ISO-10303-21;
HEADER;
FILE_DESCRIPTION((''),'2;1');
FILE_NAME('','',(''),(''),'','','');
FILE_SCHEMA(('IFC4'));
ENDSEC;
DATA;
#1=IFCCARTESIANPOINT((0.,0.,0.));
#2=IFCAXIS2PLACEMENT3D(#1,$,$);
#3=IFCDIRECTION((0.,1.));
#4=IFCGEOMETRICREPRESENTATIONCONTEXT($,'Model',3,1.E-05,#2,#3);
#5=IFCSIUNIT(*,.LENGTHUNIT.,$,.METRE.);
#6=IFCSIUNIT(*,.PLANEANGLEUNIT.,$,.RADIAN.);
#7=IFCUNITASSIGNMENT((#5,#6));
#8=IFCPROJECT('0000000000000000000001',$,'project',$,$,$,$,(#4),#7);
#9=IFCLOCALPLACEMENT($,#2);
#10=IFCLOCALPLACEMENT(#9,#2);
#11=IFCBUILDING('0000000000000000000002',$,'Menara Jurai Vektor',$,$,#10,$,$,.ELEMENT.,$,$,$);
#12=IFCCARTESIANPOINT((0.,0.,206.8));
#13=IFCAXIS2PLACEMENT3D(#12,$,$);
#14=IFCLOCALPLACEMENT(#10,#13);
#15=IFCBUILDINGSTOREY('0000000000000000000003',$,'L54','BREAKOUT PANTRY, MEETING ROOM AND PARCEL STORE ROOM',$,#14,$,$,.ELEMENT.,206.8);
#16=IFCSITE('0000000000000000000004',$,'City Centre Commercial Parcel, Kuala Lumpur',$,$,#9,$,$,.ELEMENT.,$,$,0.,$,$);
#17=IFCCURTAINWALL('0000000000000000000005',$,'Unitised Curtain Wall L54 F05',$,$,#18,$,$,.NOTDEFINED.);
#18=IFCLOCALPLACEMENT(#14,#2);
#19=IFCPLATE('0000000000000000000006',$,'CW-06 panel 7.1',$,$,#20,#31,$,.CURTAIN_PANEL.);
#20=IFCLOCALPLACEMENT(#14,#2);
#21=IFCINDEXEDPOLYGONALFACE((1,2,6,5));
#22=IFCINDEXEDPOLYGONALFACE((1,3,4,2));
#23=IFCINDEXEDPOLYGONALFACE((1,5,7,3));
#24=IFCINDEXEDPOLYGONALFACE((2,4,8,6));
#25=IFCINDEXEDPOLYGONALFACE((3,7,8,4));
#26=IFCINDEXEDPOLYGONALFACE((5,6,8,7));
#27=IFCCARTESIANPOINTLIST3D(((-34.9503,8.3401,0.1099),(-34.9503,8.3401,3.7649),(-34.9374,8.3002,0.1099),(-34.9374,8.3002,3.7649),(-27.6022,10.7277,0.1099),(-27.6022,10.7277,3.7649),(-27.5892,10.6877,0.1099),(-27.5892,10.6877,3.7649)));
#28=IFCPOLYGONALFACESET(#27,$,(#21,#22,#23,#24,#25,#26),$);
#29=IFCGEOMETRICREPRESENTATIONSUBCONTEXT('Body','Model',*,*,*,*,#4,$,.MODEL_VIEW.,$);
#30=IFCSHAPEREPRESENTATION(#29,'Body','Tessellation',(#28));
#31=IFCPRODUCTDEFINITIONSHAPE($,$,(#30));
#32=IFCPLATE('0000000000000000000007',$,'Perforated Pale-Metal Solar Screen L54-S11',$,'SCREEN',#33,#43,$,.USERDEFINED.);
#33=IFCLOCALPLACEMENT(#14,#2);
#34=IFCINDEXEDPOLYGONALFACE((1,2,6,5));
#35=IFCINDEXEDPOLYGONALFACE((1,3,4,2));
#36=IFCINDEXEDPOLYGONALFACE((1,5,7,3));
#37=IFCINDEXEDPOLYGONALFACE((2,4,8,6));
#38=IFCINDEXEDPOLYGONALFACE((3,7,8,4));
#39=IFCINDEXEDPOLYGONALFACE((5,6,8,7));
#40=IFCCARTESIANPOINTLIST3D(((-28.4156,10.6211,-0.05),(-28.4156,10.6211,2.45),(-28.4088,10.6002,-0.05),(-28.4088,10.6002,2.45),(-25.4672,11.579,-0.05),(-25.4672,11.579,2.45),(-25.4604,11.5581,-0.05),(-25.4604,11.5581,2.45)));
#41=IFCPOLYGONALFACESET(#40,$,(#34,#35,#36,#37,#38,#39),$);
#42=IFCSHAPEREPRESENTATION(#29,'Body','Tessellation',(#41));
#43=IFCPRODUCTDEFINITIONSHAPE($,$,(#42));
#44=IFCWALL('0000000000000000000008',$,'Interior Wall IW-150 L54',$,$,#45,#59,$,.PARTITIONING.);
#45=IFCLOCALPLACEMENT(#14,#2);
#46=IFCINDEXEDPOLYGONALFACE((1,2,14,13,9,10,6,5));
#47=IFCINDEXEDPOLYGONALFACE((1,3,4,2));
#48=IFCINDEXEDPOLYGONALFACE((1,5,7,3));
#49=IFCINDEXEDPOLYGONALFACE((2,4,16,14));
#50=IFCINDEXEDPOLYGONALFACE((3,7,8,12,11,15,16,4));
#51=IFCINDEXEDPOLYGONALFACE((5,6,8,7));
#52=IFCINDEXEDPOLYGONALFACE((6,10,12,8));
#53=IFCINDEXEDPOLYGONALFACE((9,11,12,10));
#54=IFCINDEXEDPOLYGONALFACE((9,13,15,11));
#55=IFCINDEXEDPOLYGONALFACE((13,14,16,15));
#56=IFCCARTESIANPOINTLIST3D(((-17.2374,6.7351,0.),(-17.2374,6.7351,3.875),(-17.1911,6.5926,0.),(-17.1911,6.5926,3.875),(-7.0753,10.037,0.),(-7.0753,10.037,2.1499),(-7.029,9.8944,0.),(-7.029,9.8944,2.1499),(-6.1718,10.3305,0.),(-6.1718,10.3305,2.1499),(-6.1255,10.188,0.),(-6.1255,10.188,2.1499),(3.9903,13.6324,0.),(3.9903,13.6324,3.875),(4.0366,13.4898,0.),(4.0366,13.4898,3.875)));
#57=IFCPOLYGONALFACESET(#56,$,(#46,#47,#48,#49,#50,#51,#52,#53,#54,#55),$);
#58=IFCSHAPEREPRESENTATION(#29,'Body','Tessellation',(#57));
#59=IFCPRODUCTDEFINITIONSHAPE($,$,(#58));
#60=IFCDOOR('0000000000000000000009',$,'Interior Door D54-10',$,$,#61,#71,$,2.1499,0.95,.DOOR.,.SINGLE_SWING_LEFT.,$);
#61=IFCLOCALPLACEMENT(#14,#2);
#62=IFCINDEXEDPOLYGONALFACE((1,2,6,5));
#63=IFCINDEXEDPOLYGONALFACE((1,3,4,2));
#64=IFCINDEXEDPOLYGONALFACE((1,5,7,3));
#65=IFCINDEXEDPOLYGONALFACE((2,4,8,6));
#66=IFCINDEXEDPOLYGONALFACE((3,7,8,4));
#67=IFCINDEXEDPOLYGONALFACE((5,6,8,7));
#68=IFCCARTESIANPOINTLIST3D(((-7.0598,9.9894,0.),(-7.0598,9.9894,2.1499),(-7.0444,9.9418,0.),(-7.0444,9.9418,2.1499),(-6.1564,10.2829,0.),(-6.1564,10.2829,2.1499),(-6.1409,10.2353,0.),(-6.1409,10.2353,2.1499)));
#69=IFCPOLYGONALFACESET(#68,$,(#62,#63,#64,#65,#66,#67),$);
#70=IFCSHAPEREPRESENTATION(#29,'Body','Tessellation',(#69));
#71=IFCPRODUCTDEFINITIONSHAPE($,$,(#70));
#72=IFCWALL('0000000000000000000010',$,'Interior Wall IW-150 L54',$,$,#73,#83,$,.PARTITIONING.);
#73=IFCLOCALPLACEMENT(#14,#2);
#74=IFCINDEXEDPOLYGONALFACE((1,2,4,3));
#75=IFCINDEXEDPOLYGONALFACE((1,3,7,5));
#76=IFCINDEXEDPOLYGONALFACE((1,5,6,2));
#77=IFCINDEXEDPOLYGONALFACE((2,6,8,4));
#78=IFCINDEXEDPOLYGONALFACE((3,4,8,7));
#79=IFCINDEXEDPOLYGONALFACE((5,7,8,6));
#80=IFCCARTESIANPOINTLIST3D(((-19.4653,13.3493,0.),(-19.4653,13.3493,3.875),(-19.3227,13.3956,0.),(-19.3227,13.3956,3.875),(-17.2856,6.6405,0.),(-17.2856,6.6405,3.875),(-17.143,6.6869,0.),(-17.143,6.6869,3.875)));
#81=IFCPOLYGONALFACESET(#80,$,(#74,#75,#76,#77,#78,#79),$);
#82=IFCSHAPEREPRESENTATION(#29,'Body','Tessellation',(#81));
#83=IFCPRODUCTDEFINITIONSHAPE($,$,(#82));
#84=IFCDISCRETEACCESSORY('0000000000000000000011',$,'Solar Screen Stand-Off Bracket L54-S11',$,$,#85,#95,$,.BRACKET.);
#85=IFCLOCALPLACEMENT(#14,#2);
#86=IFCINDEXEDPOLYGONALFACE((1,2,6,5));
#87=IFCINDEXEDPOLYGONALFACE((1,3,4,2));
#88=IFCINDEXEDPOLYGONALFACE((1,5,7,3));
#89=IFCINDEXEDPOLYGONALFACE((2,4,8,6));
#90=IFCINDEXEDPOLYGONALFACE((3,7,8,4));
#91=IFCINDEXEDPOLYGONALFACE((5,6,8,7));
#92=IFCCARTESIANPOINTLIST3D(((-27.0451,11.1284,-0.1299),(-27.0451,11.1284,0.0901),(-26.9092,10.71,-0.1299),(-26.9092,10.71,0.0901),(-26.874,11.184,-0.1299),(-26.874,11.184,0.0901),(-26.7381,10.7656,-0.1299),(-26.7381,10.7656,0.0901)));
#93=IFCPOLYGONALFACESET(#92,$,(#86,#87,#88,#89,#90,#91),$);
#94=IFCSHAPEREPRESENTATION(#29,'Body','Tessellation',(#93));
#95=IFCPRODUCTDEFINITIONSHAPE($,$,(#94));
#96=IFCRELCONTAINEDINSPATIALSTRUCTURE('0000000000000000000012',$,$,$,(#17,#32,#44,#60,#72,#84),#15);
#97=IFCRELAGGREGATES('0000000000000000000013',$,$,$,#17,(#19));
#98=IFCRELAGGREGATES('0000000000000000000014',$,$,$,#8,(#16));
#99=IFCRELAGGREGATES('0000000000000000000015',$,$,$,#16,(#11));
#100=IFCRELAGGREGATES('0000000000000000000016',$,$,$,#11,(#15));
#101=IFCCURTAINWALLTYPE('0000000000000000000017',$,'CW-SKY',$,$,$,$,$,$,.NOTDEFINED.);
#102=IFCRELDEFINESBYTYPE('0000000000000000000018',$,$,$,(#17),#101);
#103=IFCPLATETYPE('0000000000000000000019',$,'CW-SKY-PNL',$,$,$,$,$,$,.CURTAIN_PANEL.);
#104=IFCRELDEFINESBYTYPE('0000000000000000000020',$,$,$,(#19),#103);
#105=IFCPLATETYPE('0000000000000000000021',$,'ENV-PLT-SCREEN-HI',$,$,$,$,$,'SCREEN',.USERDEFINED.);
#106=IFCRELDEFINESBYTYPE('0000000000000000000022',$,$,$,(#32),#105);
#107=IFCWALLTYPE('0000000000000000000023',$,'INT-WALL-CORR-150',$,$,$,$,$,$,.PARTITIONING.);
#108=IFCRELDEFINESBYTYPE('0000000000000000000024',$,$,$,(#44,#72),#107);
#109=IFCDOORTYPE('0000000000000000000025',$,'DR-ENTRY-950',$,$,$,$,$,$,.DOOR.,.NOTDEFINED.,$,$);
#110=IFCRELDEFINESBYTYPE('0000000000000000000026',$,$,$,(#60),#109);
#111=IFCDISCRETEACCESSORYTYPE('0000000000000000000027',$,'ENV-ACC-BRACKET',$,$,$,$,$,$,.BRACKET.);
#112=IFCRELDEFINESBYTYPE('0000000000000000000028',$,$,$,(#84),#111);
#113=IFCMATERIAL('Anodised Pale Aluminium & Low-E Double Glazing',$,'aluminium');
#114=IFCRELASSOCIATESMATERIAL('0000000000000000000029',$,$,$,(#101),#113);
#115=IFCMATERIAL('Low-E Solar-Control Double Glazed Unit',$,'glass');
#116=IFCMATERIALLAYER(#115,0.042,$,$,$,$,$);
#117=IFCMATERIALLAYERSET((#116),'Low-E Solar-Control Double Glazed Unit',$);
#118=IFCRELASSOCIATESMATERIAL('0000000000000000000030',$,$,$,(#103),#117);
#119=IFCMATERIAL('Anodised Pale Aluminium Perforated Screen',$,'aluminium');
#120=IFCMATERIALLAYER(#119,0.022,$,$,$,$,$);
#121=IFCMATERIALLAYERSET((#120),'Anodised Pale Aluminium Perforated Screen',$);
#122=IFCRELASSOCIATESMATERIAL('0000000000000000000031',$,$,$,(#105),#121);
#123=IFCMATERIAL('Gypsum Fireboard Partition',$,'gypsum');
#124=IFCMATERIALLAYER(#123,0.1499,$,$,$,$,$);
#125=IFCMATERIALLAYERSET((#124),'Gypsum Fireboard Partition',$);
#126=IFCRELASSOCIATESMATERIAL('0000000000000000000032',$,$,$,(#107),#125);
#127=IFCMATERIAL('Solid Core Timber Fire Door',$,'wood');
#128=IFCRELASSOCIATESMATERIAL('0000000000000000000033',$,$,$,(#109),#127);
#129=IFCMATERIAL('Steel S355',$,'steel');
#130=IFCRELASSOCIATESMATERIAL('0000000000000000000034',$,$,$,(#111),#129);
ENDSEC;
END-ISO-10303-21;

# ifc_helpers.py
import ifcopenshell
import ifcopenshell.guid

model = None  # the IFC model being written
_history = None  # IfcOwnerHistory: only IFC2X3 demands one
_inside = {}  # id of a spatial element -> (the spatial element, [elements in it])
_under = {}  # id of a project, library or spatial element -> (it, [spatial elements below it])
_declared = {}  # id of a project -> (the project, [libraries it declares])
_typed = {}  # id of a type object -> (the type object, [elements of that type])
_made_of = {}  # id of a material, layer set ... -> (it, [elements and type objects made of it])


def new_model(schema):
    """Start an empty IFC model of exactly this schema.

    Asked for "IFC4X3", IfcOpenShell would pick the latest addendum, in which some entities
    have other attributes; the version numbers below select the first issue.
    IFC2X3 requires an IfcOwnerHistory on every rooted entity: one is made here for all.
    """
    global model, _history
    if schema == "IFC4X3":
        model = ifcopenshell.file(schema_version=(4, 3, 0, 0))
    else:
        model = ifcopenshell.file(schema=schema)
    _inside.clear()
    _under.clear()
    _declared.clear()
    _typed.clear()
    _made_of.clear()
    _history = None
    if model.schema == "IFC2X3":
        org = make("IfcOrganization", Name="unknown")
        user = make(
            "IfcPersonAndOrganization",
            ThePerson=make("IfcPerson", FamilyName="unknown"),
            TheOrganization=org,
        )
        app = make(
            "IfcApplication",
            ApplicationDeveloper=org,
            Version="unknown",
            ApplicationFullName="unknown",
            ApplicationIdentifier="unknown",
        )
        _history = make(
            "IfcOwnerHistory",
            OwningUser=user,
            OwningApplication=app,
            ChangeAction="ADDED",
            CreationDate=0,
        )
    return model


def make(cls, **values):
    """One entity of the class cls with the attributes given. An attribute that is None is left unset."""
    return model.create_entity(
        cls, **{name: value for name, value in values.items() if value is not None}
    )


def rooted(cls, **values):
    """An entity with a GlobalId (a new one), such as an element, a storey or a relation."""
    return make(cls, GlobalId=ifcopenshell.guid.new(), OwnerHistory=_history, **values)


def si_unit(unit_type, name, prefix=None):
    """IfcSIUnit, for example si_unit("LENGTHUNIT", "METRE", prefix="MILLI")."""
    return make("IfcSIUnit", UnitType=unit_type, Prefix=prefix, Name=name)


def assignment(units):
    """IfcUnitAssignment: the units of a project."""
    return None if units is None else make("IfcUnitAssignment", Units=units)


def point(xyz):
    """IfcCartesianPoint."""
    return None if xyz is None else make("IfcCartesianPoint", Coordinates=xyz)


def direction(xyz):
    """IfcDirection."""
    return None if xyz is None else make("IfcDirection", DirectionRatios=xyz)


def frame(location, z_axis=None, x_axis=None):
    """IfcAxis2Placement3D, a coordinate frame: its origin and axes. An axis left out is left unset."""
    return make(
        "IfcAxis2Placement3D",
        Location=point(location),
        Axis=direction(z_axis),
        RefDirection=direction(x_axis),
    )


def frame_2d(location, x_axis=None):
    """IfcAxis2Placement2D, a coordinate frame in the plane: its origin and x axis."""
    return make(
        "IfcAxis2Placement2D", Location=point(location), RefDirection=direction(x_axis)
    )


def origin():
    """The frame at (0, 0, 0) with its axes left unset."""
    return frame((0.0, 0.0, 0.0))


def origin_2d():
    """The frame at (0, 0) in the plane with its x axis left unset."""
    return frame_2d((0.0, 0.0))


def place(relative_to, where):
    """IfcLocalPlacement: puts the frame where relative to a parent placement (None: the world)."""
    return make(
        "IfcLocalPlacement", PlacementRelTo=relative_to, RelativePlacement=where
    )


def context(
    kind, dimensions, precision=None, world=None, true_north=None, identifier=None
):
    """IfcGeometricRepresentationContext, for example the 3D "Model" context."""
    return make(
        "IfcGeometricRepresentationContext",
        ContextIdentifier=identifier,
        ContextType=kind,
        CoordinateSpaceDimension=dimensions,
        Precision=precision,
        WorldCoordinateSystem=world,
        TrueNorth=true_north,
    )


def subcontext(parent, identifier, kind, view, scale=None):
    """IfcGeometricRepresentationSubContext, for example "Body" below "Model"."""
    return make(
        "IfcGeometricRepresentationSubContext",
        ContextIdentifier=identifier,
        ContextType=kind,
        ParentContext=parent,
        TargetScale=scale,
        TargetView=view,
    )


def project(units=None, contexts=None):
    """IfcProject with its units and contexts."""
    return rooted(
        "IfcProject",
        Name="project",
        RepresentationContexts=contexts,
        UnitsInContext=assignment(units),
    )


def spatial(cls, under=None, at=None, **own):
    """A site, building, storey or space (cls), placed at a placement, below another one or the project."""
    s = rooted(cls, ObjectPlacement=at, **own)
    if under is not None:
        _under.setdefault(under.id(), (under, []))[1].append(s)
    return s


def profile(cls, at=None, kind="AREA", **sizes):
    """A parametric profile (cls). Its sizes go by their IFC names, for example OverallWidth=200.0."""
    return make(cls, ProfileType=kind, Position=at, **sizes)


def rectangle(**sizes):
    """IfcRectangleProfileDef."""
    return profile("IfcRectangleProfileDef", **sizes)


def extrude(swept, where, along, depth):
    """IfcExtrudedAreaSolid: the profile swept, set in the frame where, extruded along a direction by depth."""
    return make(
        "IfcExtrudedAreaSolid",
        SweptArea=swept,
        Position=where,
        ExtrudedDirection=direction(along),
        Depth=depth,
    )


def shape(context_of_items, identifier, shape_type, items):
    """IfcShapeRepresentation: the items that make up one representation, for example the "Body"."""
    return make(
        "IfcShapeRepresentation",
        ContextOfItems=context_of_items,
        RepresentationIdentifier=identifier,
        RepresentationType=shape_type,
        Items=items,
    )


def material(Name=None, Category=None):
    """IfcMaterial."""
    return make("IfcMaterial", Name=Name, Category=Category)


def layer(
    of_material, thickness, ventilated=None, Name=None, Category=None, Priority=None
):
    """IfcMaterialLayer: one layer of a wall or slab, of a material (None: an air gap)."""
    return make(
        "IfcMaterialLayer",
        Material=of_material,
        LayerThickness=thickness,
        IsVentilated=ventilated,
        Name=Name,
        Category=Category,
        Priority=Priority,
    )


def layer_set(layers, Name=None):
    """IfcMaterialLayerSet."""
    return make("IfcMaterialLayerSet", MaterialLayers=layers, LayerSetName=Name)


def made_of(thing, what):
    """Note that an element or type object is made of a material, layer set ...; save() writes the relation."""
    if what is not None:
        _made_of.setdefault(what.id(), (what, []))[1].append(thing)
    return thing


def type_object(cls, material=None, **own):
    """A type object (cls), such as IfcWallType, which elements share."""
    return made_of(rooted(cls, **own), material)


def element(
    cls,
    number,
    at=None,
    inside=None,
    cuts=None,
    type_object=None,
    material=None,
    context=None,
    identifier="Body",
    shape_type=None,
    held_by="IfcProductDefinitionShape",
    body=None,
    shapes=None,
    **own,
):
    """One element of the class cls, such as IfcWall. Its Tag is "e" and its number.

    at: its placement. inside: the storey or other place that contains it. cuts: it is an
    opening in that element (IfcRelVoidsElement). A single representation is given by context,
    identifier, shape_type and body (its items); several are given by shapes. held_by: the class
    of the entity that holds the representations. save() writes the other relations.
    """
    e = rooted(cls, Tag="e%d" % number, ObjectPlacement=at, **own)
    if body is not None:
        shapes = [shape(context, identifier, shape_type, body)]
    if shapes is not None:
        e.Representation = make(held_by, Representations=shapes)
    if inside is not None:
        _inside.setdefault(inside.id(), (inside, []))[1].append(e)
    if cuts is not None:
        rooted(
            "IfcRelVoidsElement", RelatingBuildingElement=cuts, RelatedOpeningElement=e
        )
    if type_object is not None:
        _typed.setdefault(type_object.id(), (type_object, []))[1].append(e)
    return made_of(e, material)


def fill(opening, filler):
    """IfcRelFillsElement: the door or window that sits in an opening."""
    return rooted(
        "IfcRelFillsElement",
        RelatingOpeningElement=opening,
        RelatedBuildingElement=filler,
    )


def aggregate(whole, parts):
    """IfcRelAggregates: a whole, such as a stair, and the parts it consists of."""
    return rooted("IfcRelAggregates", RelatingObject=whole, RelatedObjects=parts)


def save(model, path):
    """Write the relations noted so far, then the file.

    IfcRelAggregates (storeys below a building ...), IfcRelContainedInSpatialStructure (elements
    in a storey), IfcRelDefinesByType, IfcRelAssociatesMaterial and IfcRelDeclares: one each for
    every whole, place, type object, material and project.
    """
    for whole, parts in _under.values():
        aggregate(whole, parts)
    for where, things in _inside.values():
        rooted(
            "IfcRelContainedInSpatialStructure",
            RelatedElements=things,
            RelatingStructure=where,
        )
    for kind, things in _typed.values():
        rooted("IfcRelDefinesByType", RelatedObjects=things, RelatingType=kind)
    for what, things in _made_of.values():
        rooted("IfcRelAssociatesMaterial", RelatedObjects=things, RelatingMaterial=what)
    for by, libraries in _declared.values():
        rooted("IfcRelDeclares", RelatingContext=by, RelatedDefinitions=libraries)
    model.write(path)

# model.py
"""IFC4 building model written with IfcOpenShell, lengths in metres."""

from ifc_helpers import new_model, si_unit, direction, frame, frame_2d, origin, origin_2d, place, context, subcontext, project, spatial, rectangle, extrude, material, layer, layer_set, type_object, element, fill, aggregate, save


model = new_model("IFC4")

# Units and contexts
model_context = context("Model", 3, precision=1e-05, world=origin(), true_north=direction((0.0, 1.0)))
body_context = subcontext(model_context, "Body", "Model", "MODEL_VIEW")
ifc_project = project(units=[si_unit("LENGTHUNIT", "METRE"), si_unit("PLANEANGLEUNIT", "RADIAN")], contexts=[model_context])

# Site, building, storey
site_placement = place(None, origin())
site = spatial("IfcSite", under=ifc_project, at=site_placement, Name="City Centre Commercial Parcel, Kuala Lumpur", CompositionType="ELEMENT", RefElevation=0.0)
building_placement = place(site_placement, origin())
building = spatial("IfcBuilding", under=site, at=building_placement, Name="Menara Jurai Vektor", CompositionType="ELEMENT")
storey_placement = place(building_placement, frame((0.0, 0.0, 206.8)))
storey = spatial("IfcBuildingStorey", under=building, at=storey_placement, Name="L54", Description="BREAKOUT PANTRY, MEETING ROOM AND PARCEL STORE ROOM", CompositionType="ELEMENT", Elevation=206.8)

# Curtain wall
ifc_material_1 = material(Name="Anodised Pale Aluminium & Low-E Double Glazing", Category="aluminium")
curtain_wall_type = type_object("IfcCurtainWallType", Name="CW-SKY", PredefinedType="NOTDEFINED", material=ifc_material_1)
curtain_wall_placement = place(storey_placement, origin())
curtain_wall = element("IfcCurtainWall", 1, at=curtain_wall_placement, inside=storey, type_object=curtain_wall_type, Name="Unitised Curtain Wall L54 F05", PredefinedType="NOTDEFINED")

# Shared definitions
ifc_material_2 = material(Name="Steel S355", Category="steel")

# Plates
ifc_material_3 = material(Name="Low-E Solar-Control Double Glazed Unit", Category="glass")
ifc_layer_1 = layer(ifc_material_3, 0.042)
ifc_layer_set_1 = layer_set([ifc_layer_1], Name="Low-E Solar-Control Double Glazed Unit")
plate_type_1 = type_object("IfcPlateType", Name="CW-SKY-PNL", PredefinedType="CURTAIN_PANEL", material=ifc_layer_set_1)
plate_1_placement = place(storey_placement, frame((-31.2698, 9.5139, 0.1099), z_axis=(0.0, 0.0, 1.0), x_axis=(-0.951056, -0.309017, 0.0)))
plate_1 = element("IfcPlate", 2, at=plate_1_placement, type_object=plate_type_1, Name="CW-06 panel 7.1", PredefinedType="CURTAIN_PANEL", context=body_context, shape_type="SweptSolid", body=[
    extrude(rectangle(XDim=7.7263, YDim=0.042, at=origin_2d()), origin(), (0.0, 0.0, 1.0), 3.655),
])
aggregate(curtain_wall, [plate_1])
ifc_material_4 = material(Name="Anodised Pale Aluminium Perforated Screen", Category="aluminium")
ifc_layer_2 = layer(ifc_material_4, 0.022)
ifc_layer_set_2 = layer_set([ifc_layer_2], Name="Anodised Pale Aluminium Perforated Screen")
plate_type_2 = type_object("IfcPlateType", Name="ENV-PLT-SCREEN-HI", ElementType="SCREEN", PredefinedType="USERDEFINED", material=ifc_layer_set_2)
plate_2_placement = place(storey_placement, frame((-26.938, 11.0896, -0.05), z_axis=(0.0, 0.0, 1.0), x_axis=(-0.951057, -0.309017, 0.0)))
element("IfcPlate", 3, at=plate_2_placement, inside=storey, type_object=plate_type_2, Name="Perforated Pale-Metal Solar Screen L54-S11", ObjectType="SCREEN", PredefinedType="USERDEFINED", context=body_context, shape_type="SweptSolid", body=[
    extrude(rectangle(XDim=3.1001, YDim=0.022, at=origin_2d()), origin(), (0.0, 0.0, 1.0), 2.5),
])

# Wall, opening, door
ifc_material_5 = material(Name="Gypsum Fireboard Partition", Category="gypsum")
ifc_layer_3 = layer(ifc_material_5, 0.1499)
ifc_layer_set_3 = layer_set([ifc_layer_3], Name="Gypsum Fireboard Partition")
wall_type = type_object("IfcWallType", Name="INT-WALL-CORR-150", PredefinedType="PARTITIONING", material=ifc_layer_set_3)
ifc_material_6 = material(Name="Solid Core Timber Fire Door", Category="wood")
door_type = type_object("IfcDoorType", Name="DR-ENTRY-950", OperationType="NOTDEFINED", PredefinedType="DOOR", material=ifc_material_6)
wall_1_placement = place(storey_placement, frame((-17.2144, 6.6638, 0.0), z_axis=(0.0, 0.0, 1.0), x_axis=(0.951057, 0.309016, 0.0)))
wall_1 = element("IfcWall", 4, at=wall_1_placement, inside=storey, type_object=wall_type, Name="Interior Wall IW-150 L54", PredefinedType="PARTITIONING", context=body_context, shape_type="SweptSolid", body=[
    extrude(rectangle(XDim=22.3201, YDim=0.1499, at=frame_2d((11.1602, 0.0))), origin(), (0.0, 0.0, 1.0), 3.875),
])
opening_1_placement = place(wall_1_placement, frame((10.6851, 0.0, 0.0)))
opening_1 = element("IfcOpeningElement", 5, at=opening_1_placement, cuts=wall_1, PredefinedType="OPENING", context=body_context, shape_type="SweptSolid", body=[
    extrude(rectangle(XDim=0.95, YDim=2.1499, at=frame_2d((0.4751, 1.075))), frame((0.0, 0.085, 0.0), z_axis=(0.0, -1.0, 0.0), x_axis=(1.0, 0.0, 0.0)), (0.0, 0.0, 1.0), 0.1699),
])
door_1_placement = place(opening_1_placement, origin())
door_1 = element("IfcDoor", 6, at=door_1_placement, inside=storey, type_object=door_type, Name="Interior Door D54-10", OperationType="SINGLE_SWING_LEFT", OverallHeight=2.1499, OverallWidth=0.95, PredefinedType="DOOR", context=body_context, shape_type="SweptSolid", body=[
    extrude(rectangle(XDim=0.95, YDim=2.1499, at=frame_2d((0.4751, 1.075))), frame((0.0, 0.0249, 0.0), z_axis=(0.0, -1.0, 0.0), x_axis=(1.0, 0.0, 0.0)), (0.0, 0.0, 1.0), 0.05),
])
fill(opening_1, door_1)

# Wall
wall_2_placement = place(storey_placement, frame((-17.2144, 6.6638, 0.0), z_axis=(0.0, 0.0, 1.0), x_axis=(-0.309002, 0.951061, 0.0)))
element("IfcWall", 7, at=wall_2_placement, inside=storey, type_object=wall_type, Name="Interior Wall IW-150 L54", PredefinedType="PARTITIONING", context=body_context, shape_type="SweptSolid", body=[
    extrude(rectangle(XDim=7.054, YDim=0.1499, at=frame_2d((3.5269, 0.0))), origin(), (0.0, 0.0, 1.0), 3.875),
])

# Discrete accessory
discrete_accessory_type = type_object("IfcDiscreteAccessoryType", Name="ENV-ACC-BRACKET", PredefinedType="BRACKET", material=ifc_material_2)
discrete_accessory_placement = place(storey_placement, frame((-26.8916, 10.947, -0.1299), z_axis=(0.0, 0.0, 1.0), x_axis=(-0.951057, -0.309017, 0.0)))
element("IfcDiscreteAccessory", 8, at=discrete_accessory_placement, inside=storey, type_object=discrete_accessory_type, Name="Solar Screen Stand-Off Bracket L54-S11", PredefinedType="BRACKET", context=body_context, shape_type="SweptSolid", body=[
    extrude(rectangle(XDim=0.1799, YDim=0.4399, at=origin_2d()), origin(), (0.0, 0.0, 1.0), 0.22),
])

save(model, "model.ifc")
